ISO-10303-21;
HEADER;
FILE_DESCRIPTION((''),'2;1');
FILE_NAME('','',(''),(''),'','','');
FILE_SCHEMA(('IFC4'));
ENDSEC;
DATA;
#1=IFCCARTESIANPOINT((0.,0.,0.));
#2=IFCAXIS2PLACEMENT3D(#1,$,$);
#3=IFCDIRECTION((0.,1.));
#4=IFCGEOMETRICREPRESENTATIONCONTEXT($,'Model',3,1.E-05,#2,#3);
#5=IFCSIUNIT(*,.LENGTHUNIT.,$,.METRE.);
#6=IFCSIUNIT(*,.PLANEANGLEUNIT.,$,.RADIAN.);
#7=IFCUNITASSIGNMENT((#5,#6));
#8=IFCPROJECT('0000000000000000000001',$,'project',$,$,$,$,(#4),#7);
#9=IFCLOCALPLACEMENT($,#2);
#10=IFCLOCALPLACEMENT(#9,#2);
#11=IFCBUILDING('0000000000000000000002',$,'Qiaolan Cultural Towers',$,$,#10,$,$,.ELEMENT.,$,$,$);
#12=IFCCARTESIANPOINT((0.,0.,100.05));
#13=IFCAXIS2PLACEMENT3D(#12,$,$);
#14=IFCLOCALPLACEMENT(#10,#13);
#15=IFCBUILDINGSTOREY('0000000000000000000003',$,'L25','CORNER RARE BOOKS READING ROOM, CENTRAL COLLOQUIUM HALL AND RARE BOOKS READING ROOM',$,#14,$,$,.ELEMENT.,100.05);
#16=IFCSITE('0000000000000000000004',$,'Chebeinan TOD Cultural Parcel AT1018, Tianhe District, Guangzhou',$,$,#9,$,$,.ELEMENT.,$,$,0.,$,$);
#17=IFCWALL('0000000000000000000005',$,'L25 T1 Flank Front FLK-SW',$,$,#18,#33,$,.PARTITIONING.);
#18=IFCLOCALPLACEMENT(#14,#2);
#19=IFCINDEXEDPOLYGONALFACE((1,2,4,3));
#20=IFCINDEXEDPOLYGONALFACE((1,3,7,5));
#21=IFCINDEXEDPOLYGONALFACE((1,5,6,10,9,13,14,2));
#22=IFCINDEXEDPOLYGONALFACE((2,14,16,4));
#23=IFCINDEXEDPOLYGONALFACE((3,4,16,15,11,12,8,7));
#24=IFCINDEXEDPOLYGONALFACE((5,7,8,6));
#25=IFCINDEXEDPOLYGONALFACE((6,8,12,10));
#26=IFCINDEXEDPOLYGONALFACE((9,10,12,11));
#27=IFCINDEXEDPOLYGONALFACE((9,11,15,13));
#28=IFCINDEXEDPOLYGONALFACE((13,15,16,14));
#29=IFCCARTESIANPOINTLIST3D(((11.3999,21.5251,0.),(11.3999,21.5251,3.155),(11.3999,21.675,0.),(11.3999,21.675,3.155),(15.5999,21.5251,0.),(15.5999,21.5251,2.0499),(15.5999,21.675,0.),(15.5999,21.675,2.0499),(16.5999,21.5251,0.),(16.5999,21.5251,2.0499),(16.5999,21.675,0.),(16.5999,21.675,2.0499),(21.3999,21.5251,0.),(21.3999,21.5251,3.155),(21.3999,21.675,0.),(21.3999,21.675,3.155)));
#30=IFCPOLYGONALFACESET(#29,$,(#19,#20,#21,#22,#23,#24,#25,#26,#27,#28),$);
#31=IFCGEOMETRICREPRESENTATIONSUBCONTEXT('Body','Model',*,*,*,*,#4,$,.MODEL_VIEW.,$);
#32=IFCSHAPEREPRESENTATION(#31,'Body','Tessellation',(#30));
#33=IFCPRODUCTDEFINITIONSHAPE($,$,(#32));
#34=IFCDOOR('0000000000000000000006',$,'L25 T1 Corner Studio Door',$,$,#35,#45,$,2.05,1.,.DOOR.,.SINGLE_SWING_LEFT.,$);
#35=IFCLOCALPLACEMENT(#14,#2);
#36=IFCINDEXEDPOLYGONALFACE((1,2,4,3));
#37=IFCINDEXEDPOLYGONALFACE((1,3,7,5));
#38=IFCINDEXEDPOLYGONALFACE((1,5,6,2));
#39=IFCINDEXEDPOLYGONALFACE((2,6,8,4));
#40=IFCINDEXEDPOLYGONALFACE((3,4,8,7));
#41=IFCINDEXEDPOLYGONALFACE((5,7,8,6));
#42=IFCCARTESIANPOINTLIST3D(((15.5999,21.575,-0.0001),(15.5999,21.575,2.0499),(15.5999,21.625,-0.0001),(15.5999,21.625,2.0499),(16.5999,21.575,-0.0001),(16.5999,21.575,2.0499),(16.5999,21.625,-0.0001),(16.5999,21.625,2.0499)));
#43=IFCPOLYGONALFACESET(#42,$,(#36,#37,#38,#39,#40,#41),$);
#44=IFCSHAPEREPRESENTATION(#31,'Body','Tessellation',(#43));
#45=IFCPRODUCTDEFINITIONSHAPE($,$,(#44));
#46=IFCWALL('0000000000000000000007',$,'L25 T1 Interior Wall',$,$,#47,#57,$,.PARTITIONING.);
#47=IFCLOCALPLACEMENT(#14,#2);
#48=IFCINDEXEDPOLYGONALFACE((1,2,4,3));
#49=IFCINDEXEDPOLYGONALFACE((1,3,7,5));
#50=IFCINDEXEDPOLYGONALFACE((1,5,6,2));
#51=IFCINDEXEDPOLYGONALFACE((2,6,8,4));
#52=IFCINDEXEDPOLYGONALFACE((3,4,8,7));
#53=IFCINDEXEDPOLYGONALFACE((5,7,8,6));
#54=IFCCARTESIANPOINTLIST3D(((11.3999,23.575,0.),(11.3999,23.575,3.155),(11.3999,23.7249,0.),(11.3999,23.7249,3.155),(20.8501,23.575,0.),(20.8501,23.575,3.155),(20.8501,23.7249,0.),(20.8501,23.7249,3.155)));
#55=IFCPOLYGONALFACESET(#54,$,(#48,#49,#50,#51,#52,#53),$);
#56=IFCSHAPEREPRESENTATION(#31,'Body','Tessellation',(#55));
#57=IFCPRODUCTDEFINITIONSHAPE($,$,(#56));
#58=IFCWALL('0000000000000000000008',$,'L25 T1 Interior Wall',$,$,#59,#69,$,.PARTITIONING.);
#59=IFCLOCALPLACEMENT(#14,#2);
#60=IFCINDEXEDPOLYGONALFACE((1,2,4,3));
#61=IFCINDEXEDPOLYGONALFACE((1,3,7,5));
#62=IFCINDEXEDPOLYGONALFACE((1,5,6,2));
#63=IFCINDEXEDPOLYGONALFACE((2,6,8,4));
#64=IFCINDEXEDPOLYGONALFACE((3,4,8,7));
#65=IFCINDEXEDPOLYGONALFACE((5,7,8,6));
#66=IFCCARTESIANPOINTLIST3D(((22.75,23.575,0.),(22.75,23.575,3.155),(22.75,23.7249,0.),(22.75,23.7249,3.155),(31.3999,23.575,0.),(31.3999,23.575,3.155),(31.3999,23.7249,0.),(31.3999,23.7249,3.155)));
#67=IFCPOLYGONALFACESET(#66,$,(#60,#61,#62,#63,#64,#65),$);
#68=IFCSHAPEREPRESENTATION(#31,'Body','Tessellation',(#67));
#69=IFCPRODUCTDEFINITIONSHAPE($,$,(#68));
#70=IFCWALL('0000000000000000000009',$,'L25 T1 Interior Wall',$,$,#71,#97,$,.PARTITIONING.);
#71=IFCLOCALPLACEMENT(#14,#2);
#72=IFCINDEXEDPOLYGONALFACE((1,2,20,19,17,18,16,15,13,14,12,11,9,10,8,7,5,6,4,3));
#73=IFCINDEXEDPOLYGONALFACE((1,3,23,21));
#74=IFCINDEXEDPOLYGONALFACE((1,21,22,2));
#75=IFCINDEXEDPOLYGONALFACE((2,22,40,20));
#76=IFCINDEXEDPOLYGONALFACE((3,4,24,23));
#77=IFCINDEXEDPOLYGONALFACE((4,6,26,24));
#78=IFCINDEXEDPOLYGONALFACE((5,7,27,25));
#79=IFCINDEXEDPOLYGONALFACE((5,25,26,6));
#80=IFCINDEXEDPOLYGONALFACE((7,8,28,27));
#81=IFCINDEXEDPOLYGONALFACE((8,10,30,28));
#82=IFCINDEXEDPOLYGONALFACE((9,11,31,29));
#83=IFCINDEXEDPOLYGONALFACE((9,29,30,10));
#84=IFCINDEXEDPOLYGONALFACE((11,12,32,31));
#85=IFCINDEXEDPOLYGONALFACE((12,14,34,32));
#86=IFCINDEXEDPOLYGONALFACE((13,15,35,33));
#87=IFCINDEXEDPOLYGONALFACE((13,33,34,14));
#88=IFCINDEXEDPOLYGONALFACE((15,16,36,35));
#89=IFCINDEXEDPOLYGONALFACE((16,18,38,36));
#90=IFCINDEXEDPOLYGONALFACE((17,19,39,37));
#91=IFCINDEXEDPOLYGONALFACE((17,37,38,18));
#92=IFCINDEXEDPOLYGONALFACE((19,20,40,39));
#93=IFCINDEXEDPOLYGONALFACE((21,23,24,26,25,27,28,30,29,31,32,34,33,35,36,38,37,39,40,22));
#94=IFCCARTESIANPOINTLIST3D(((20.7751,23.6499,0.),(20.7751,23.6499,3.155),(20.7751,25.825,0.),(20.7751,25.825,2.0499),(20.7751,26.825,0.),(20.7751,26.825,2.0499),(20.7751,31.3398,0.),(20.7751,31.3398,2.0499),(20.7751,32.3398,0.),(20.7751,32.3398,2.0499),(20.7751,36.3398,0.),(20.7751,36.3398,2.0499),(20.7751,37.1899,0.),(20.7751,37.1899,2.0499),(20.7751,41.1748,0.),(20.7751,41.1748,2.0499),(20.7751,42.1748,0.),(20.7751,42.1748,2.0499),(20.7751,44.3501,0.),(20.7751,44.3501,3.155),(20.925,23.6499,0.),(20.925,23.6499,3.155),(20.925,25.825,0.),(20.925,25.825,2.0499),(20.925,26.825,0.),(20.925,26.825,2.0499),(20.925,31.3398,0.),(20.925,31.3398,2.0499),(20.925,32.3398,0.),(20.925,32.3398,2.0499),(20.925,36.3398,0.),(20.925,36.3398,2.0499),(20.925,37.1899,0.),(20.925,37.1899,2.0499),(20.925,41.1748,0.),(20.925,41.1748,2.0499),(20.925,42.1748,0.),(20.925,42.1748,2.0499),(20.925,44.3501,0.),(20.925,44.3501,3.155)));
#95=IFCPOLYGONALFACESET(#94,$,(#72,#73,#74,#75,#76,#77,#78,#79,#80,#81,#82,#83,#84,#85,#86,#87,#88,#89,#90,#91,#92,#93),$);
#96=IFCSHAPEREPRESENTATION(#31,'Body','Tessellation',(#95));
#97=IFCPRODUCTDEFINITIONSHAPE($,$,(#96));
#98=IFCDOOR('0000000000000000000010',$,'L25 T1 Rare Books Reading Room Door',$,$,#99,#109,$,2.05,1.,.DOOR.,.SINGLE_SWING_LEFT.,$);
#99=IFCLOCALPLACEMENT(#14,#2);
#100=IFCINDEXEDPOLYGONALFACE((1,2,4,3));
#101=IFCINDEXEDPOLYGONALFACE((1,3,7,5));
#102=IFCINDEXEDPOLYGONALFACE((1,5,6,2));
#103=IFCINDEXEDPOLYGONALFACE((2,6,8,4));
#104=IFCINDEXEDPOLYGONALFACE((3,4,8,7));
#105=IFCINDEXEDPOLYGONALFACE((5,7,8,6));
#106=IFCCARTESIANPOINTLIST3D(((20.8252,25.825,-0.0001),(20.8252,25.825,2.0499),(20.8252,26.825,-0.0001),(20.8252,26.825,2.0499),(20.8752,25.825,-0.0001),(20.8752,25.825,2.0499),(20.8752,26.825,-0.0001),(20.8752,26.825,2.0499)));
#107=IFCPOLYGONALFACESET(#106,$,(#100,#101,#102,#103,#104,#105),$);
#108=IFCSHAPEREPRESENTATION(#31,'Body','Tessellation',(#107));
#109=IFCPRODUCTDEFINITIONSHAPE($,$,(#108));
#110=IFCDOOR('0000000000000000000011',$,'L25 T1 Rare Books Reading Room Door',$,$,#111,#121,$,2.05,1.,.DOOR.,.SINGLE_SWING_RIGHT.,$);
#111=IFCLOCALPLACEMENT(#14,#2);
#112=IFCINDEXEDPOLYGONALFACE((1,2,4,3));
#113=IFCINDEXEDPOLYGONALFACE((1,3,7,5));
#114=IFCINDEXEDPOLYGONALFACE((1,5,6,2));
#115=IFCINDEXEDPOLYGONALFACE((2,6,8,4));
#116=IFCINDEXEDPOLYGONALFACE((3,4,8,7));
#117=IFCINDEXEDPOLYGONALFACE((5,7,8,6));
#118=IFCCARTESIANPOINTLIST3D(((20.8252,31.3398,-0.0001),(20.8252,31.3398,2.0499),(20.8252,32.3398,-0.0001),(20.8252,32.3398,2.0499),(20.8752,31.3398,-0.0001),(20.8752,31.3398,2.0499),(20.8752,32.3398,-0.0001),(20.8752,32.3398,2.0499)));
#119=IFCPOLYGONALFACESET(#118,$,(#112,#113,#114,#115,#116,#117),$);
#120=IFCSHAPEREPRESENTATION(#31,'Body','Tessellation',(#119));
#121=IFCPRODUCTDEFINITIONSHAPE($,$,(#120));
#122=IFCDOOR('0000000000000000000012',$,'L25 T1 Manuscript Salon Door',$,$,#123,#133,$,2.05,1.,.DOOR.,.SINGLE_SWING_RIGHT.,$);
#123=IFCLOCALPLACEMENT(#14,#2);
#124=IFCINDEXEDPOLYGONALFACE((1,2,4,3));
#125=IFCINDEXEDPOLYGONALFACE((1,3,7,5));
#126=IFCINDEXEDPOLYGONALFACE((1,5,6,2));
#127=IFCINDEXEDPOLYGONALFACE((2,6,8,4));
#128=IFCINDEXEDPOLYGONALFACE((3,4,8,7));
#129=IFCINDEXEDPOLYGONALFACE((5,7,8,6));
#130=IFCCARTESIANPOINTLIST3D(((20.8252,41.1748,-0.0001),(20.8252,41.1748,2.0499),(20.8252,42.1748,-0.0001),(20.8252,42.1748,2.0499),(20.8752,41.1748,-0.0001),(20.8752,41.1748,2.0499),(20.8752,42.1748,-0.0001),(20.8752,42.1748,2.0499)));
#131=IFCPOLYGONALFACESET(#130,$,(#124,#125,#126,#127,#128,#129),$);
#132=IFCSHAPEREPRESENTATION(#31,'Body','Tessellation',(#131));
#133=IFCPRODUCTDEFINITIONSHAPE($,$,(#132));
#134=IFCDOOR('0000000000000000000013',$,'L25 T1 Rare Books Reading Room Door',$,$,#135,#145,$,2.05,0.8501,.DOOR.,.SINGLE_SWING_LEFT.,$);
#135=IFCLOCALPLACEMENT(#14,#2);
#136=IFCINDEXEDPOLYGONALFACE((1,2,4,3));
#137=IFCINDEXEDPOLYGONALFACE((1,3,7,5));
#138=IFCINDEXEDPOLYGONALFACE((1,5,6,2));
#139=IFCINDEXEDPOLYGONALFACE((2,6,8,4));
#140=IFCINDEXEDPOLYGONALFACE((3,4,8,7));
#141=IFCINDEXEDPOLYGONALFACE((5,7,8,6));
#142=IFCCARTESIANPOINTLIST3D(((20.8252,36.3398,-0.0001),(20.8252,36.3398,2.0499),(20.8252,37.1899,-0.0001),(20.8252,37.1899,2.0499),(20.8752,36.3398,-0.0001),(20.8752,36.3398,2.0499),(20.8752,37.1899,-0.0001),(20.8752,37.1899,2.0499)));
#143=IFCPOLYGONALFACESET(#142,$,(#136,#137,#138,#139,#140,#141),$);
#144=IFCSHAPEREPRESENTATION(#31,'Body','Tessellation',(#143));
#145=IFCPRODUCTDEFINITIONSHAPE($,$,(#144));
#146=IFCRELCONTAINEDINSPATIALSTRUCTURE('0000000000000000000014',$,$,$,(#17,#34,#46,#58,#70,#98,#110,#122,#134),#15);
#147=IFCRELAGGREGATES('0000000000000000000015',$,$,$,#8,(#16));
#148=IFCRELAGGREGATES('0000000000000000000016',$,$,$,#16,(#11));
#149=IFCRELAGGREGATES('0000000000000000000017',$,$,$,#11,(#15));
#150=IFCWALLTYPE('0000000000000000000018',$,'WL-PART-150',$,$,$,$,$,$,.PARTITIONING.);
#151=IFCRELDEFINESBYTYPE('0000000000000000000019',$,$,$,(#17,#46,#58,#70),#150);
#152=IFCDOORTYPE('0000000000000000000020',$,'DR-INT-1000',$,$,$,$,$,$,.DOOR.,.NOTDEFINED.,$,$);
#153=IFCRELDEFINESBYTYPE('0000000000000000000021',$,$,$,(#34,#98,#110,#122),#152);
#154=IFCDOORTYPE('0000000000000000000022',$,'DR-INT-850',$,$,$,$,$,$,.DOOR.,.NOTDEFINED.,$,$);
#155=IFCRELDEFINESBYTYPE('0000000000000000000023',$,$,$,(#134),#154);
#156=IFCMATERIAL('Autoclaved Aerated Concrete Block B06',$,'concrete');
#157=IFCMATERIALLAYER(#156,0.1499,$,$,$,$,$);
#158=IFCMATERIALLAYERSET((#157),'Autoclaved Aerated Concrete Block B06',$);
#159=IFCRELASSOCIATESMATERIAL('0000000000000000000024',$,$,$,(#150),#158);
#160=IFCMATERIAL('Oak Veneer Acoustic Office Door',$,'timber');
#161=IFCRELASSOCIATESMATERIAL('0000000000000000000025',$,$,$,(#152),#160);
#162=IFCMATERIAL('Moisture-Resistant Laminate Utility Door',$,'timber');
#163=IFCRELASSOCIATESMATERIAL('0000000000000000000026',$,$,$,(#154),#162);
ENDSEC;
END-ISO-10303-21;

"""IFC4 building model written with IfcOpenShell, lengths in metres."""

from ifc_helpers import new_model, si_unit, direction, frame, frame_2d, origin, place, context, subcontext, project, spatial, rectangle, extrude, material, layer, layer_set, type_object, element, fill, save


model = new_model("IFC4")

# Units and contexts
model_context = context("Model", 3, precision=1e-05, world=origin(), true_north=direction((0.0, 1.0)))
body_context = subcontext(model_context, "Body", "Model", "MODEL_VIEW")
ifc_project = project(units=[si_unit("LENGTHUNIT", "METRE"), si_unit("PLANEANGLEUNIT", "RADIAN")], contexts=[model_context])

# Site, building, storey
site_placement = place(None, origin())
site = spatial("IfcSite", under=ifc_project, at=site_placement, Name="Chebeinan TOD Cultural Parcel AT1018, Tianhe District, Guangzhou", CompositionType="ELEMENT", RefElevation=0.0)
building_placement = place(site_placement, origin())
building = spatial("IfcBuilding", under=site, at=building_placement, Name="Qiaolan Cultural Towers", CompositionType="ELEMENT")
storey_placement = place(building_placement, frame((0.0, 0.0, 100.05)))
storey = spatial("IfcBuildingStorey", under=building, at=storey_placement, Name="L25", Description="CORNER RARE BOOKS READING ROOM, CENTRAL COLLOQUIUM HALL AND RARE BOOKS READING ROOM", CompositionType="ELEMENT", Elevation=100.05)

# Wall, opening, door
ifc_material_1 = material(Name="Autoclaved Aerated Concrete Block B06", Category="concrete")
ifc_layer_1 = layer(ifc_material_1, 0.1499)
ifc_layer_set_1 = layer_set([ifc_layer_1], Name="Autoclaved Aerated Concrete Block B06")
wall_type_1 = type_object("IfcWallType", Name="WL-PART-150", PredefinedType="PARTITIONING", material=ifc_layer_set_1)
wall_1_placement = place(storey_placement, frame((11.3999, 21.6001, 0.0), z_axis=(0.0, 0.0, 1.0), x_axis=(1.0, 0.0, 0.0)))
wall_1 = element("IfcWall", 1, at=wall_1_placement, inside=storey, type_object=wall_type_1, Name="L25 T1 Flank Front FLK-SW", PredefinedType="PARTITIONING", context=body_context, shape_type="SweptSolid", body=[
    extrude(rectangle(XDim=10.0, YDim=0.1499, at=frame_2d((5.0, 0.0))), origin(), (0.0, 0.0, 1.0), 3.155),
])
opening_1_placement = place(wall_1_placement, frame((4.2, 0.0, 0.0)))
opening_1 = element("IfcOpeningElement", 2, at=opening_1_placement, cuts=wall_1, PredefinedType="OPENING", context=body_context, shape_type="SweptSolid", body=[
    extrude(rectangle(XDim=1.0, YDim=2.05, at=frame_2d((0.5, 1.0249))), frame((0.0, 0.085, 0.0), z_axis=(0.0, -1.0, 0.0), x_axis=(1.0, 0.0, 0.0)), (0.0, 0.0, 1.0), 0.1699),
])
ifc_material_2 = material(Name="Oak Veneer Acoustic Office Door", Category="timber")
door_type_1 = type_object("IfcDoorType", Name="DR-INT-1000", OperationType="NOTDEFINED", PredefinedType="DOOR", material=ifc_material_2)
door_1_placement = place(opening_1_placement, origin())
door_1 = element("IfcDoor", 3, at=door_1_placement, inside=storey, type_object=door_type_1, Name="L25 T1 Corner Studio Door", OperationType="SINGLE_SWING_LEFT", OverallHeight=2.05, OverallWidth=1.0, PredefinedType="DOOR", context=body_context, shape_type="SweptSolid", body=[
    extrude(rectangle(XDim=1.0, YDim=2.05, at=frame_2d((0.5, 1.0249))), frame((0.0, 0.0249, 0.0), z_axis=(0.0, -1.0, 0.0), x_axis=(1.0, 0.0, 0.0)), (0.0, 0.0, 1.0), 0.05),
])
fill(opening_1, door_1)

# Walls
wall_2_placement = place(storey_placement, frame((11.3999, 23.6499, 0.0), z_axis=(0.0, 0.0, 1.0), x_axis=(1.0, 0.0, 0.0)))
element("IfcWall", 4, at=wall_2_placement, inside=storey, type_object=wall_type_1, Name="L25 T1 Interior Wall", PredefinedType="PARTITIONING", context=body_context, shape_type="SweptSolid", body=[
    extrude(rectangle(XDim=9.4502, YDim=0.1499, at=frame_2d((4.7251, 0.0))), origin(), (0.0, 0.0, 1.0), 3.155),
])
wall_3_placement = place(storey_placement, frame((22.75, 23.6499, 0.0), z_axis=(0.0, 0.0, 1.0), x_axis=(1.0, 0.0, 0.0)))
element("IfcWall", 5, at=wall_3_placement, inside=storey, type_object=wall_type_1, Name="L25 T1 Interior Wall", PredefinedType="PARTITIONING", context=body_context, shape_type="SweptSolid", body=[
    extrude(rectangle(XDim=8.6499, YDim=0.1499, at=frame_2d((4.325, 0.0))), origin(), (0.0, 0.0, 1.0), 3.155),
])

# Wall, openings, doors
wall_4_placement = place(storey_placement, frame((20.8501, 23.6499, 0.0), z_axis=(0.0, 0.0, 1.0), x_axis=(0.0, 1.0, 0.0)))
wall_4 = element("IfcWall", 6, at=wall_4_placement, inside=storey, type_object=wall_type_1, Name="L25 T1 Interior Wall", PredefinedType="PARTITIONING", context=body_context, shape_type="SweptSolid", body=[
    extrude(rectangle(XDim=20.7002, YDim=0.1499, at=frame_2d((10.3501, 0.0))), origin(), (0.0, 0.0, 1.0), 3.155),
])
opening_2_placement = place(wall_4_placement, frame((2.175, 0.0, 0.0)))
opening_2 = element("IfcOpeningElement", 7, at=opening_2_placement, cuts=wall_4, PredefinedType="OPENING", context=body_context, shape_type="SweptSolid", body=[
    extrude(rectangle(XDim=1.0, YDim=2.05, at=frame_2d((0.5, 1.0249))), frame((0.0, 0.085, 0.0), z_axis=(0.0, -1.0, 0.0), x_axis=(1.0, 0.0, 0.0)), (0.0, 0.0, 1.0), 0.1699),
])
opening_3_placement = place(wall_4_placement, frame((7.6899, 0.0, 0.0)))
opening_3 = element("IfcOpeningElement", 8, at=opening_3_placement, cuts=wall_4, PredefinedType="OPENING", context=body_context, shape_type="SweptSolid", body=[
    extrude(rectangle(XDim=1.0, YDim=2.05, at=frame_2d((0.5, 1.0249))), frame((0.0, 0.085, 0.0), z_axis=(0.0, -1.0, 0.0), x_axis=(1.0, 0.0, 0.0)), (0.0, 0.0, 1.0), 0.1699),
])
opening_4_placement = place(wall_4_placement, frame((12.6899, 0.0, 0.0)))
opening_4 = element("IfcOpeningElement", 9, at=opening_4_placement, cuts=wall_4, PredefinedType="OPENING", context=body_context, shape_type="SweptSolid", body=[
    extrude(rectangle(XDim=0.8501, YDim=2.05, at=frame_2d((0.425, 1.0249))), frame((0.0, 0.085, 0.0), z_axis=(0.0, -1.0, 0.0), x_axis=(1.0, 0.0, 0.0)), (0.0, 0.0, 1.0), 0.1699),
])
opening_5_placement = place(wall_4_placement, frame((17.5249, 0.0, 0.0)))
opening_5 = element("IfcOpeningElement", 10, at=opening_5_placement, cuts=wall_4, PredefinedType="OPENING", context=body_context, shape_type="SweptSolid", body=[
    extrude(rectangle(XDim=1.0, YDim=2.05, at=frame_2d((0.5, 1.0249))), frame((0.0, 0.085, 0.0), z_axis=(0.0, -1.0, 0.0), x_axis=(1.0, 0.0, 0.0)), (0.0, 0.0, 1.0), 0.1699),
])
door_2_placement = place(opening_2_placement, origin())
door_2 = element("IfcDoor", 11, at=door_2_placement, inside=storey, type_object=door_type_1, Name="L25 T1 Rare Books Reading Room Door", OperationType="SINGLE_SWING_LEFT", OverallHeight=2.05, OverallWidth=1.0, PredefinedType="DOOR", context=body_context, shape_type="SweptSolid", body=[
    extrude(rectangle(XDim=1.0, YDim=2.05, at=frame_2d((0.5, 1.0249))), frame((0.0, 0.0249, 0.0), z_axis=(0.0, -1.0, 0.0), x_axis=(1.0, 0.0, 0.0)), (0.0, 0.0, 1.0), 0.05),
])
fill(opening_2, door_2)
door_3_placement = place(opening_3_placement, origin())
door_3 = element("IfcDoor", 12, at=door_3_placement, inside=storey, type_object=door_type_1, Name="L25 T1 Rare Books Reading Room Door", OperationType="SINGLE_SWING_RIGHT", OverallHeight=2.05, OverallWidth=1.0, PredefinedType="DOOR", context=body_context, shape_type="SweptSolid", body=[
    extrude(rectangle(XDim=1.0, YDim=2.05, at=frame_2d((0.5, 1.0249))), frame((0.0, 0.0249, 0.0), z_axis=(0.0, -1.0, 0.0), x_axis=(1.0, 0.0, 0.0)), (0.0, 0.0, 1.0), 0.05),
])
fill(opening_3, door_3)
door_4_placement = place(opening_5_placement, origin())
door_4 = element("IfcDoor", 13, at=door_4_placement, inside=storey, type_object=door_type_1, Name="L25 T1 Manuscript Salon Door", OperationType="SINGLE_SWING_RIGHT", OverallHeight=2.05, OverallWidth=1.0, PredefinedType="DOOR", context=body_context, shape_type="SweptSolid", body=[
    extrude(rectangle(XDim=1.0, YDim=2.05, at=frame_2d((0.5, 1.0249))), frame((0.0, 0.0249, 0.0), z_axis=(0.0, -1.0, 0.0), x_axis=(1.0, 0.0, 0.0)), (0.0, 0.0, 1.0), 0.05),
])
fill(opening_5, door_4)
ifc_material_3 = material(Name="Moisture-Resistant Laminate Utility Door", Category="timber")
door_type_2 = type_object("IfcDoorType", Name="DR-INT-850", OperationType="NOTDEFINED", PredefinedType="DOOR", material=ifc_material_3)
door_5_placement = place(opening_4_placement, origin())
door_5 = element("IfcDoor", 14, at=door_5_placement, inside=storey, type_object=door_type_2, Name="L25 T1 Rare Books Reading Room Door", OperationType="SINGLE_SWING_LEFT", OverallHeight=2.05, OverallWidth=0.8501, PredefinedType="DOOR", context=body_context, shape_type="SweptSolid", body=[
    extrude(rectangle(XDim=0.8501, YDim=2.05, at=frame_2d((0.425, 1.0249))), frame((0.0, 0.0249, 0.0), z_axis=(0.0, -1.0, 0.0), x_axis=(1.0, 0.0, 0.0)), (0.0, 0.0, 1.0), 0.05),
])
fill(opening_4, door_5)

save(model, "model.ifc")
